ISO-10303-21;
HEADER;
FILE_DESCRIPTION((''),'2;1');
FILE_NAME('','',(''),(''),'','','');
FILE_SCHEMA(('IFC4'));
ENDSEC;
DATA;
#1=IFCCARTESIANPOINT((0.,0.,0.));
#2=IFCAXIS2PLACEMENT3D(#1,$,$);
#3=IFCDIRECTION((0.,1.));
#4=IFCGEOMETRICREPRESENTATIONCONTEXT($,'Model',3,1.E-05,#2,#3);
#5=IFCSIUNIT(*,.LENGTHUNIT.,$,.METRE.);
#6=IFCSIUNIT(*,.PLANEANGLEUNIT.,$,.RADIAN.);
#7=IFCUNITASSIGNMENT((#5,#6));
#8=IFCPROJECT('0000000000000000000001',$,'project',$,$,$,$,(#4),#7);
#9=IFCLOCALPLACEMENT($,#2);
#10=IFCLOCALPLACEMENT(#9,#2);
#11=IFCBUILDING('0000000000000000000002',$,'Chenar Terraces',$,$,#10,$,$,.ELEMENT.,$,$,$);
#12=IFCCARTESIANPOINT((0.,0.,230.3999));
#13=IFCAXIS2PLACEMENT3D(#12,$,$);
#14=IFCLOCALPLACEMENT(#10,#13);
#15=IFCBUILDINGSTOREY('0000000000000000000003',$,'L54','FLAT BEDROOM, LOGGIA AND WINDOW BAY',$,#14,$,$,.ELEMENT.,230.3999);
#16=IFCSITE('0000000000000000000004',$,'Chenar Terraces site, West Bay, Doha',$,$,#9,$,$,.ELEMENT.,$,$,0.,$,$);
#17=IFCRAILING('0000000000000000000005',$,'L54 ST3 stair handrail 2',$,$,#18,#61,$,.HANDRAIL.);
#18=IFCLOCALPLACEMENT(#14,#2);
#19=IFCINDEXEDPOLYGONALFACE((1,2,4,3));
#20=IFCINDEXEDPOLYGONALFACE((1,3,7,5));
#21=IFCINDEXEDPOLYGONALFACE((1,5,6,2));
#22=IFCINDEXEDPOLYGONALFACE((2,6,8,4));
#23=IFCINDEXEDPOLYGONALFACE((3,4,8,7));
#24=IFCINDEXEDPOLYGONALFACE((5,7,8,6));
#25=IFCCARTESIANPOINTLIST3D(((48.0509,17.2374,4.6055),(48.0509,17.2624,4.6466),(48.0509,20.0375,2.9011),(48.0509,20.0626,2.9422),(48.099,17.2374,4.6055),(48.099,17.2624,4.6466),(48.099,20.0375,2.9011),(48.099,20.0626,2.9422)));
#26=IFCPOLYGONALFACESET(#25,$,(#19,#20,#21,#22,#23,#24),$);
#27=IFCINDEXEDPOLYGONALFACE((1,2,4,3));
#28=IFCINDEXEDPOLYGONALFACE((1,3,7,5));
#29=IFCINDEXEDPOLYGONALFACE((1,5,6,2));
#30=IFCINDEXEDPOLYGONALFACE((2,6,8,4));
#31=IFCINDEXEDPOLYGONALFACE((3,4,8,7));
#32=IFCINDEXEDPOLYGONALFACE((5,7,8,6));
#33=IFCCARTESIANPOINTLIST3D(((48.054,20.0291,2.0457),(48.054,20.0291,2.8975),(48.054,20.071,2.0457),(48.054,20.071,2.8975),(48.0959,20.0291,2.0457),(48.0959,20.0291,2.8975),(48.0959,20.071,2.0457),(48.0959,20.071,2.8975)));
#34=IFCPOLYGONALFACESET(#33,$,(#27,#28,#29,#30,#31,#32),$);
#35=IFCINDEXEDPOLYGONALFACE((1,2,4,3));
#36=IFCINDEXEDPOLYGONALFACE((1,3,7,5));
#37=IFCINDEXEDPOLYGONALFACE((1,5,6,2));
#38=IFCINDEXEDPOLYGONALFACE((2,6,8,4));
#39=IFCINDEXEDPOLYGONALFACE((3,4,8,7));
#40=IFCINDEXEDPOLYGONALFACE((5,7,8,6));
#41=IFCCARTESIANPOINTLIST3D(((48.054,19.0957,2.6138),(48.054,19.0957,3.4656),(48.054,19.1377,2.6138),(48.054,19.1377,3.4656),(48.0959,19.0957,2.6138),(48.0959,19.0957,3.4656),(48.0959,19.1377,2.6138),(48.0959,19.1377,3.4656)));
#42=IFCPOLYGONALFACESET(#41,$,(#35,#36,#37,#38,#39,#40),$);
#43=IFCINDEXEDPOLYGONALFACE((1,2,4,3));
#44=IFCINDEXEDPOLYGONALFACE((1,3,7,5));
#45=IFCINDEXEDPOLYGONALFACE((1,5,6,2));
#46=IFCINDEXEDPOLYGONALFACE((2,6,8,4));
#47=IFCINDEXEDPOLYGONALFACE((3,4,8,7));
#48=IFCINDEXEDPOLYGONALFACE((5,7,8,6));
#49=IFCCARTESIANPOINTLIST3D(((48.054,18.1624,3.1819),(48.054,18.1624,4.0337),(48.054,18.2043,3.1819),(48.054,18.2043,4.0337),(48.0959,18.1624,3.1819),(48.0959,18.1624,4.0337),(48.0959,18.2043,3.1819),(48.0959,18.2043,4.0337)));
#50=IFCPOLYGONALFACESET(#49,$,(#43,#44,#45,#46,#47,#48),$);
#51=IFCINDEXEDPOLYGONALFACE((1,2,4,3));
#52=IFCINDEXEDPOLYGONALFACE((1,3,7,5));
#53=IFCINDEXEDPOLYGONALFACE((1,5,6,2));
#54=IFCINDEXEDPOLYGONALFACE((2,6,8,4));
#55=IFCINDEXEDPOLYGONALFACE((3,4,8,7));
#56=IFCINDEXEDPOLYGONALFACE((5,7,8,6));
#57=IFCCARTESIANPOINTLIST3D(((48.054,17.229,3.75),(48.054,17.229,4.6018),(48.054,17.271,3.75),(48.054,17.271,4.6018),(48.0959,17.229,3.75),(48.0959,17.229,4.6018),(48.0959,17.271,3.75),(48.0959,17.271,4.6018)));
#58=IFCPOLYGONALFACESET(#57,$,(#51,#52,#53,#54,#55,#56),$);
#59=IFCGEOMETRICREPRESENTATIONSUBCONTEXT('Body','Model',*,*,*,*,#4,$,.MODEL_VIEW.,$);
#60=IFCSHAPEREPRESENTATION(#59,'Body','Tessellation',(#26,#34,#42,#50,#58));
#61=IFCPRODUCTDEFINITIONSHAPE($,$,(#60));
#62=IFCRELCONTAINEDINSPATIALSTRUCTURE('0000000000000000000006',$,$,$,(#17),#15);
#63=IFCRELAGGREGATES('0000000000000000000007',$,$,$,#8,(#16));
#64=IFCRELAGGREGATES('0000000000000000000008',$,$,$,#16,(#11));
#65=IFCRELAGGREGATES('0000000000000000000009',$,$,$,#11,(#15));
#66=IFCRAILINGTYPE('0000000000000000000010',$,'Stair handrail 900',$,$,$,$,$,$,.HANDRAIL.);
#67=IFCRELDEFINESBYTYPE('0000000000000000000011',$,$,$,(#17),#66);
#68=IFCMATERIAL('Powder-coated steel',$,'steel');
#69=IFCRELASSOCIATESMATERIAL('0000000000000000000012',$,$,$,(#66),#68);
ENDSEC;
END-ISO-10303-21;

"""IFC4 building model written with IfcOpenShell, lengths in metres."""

from ifc_helpers import new_model, si_unit, direction, frame, origin, origin_2d, place, context, subcontext, project, spatial, rectangle, extrude, material, type_object, element, save


model = new_model("IFC4")

# Units and contexts
model_context = context("Model", 3, precision=1e-05, world=origin(), true_north=direction((0.0, 1.0)))
body_context = subcontext(model_context, "Body", "Model", "MODEL_VIEW")
ifc_project = project(units=[si_unit("LENGTHUNIT", "METRE"), si_unit("PLANEANGLEUNIT", "RADIAN")], contexts=[model_context])

# Site, building, storey
site_placement = place(None, origin())
site = spatial("IfcSite", under=ifc_project, at=site_placement, Name="Chenar Terraces site, West Bay, Doha", CompositionType="ELEMENT", RefElevation=0.0)
building_placement = place(site_placement, origin())
building = spatial("IfcBuilding", under=site, at=building_placement, Name="Chenar Terraces", CompositionType="ELEMENT")
storey_placement = place(building_placement, frame((0.0, 0.0, 230.3999)))
storey = spatial("IfcBuildingStorey", under=building, at=storey_placement, Name="L54", Description="FLAT BEDROOM, LOGGIA AND WINDOW BAY", CompositionType="ELEMENT", Elevation=230.3999)

# Railing
ifc_material_1 = material(Name="Powder-coated steel", Category="steel")
railing_type_1 = type_object("IfcRailingType", Name="Stair handrail 900", PredefinedType="HANDRAIL", material=ifc_material_1)
railing_1_placement = place(storey_placement, frame((48.075, 20.05, 2.0457)))
element("IfcRailing", 1, at=railing_1_placement, inside=storey, type_object=railing_type_1, Name="L54 ST3 stair handrail 2", PredefinedType="HANDRAIL", context=body_context, shape_type="SweptSolid", body=[
    extrude(rectangle(XDim=0.0481, YDim=0.0481, at=origin_2d()), frame((0.0, 0.0, 0.876), z_axis=(0.0, -0.854203, 0.51994), x_axis=(1.0, 0.0, 0.0)), (0.0, 0.0, 1.0), 3.2781),
    extrude(rectangle(XDim=0.042, YDim=0.042, at=origin_2d()), origin(), (0.0, 0.0, 1.0), 0.8518),
    extrude(rectangle(XDim=0.042, YDim=0.042, at=origin_2d()), frame((0.0, -0.9333, 0.5681)), (0.0, 0.0, 1.0), 0.8518),
    extrude(rectangle(XDim=0.042, YDim=0.042, at=origin_2d()), frame((0.0, -1.8667, 1.1362)), (0.0, 0.0, 1.0), 0.8518),
    extrude(rectangle(XDim=0.042, YDim=0.042, at=origin_2d()), frame((0.0, -2.8, 1.7043)), (0.0, 0.0, 1.0), 0.8518),
])

save(model, "model.ifc")
